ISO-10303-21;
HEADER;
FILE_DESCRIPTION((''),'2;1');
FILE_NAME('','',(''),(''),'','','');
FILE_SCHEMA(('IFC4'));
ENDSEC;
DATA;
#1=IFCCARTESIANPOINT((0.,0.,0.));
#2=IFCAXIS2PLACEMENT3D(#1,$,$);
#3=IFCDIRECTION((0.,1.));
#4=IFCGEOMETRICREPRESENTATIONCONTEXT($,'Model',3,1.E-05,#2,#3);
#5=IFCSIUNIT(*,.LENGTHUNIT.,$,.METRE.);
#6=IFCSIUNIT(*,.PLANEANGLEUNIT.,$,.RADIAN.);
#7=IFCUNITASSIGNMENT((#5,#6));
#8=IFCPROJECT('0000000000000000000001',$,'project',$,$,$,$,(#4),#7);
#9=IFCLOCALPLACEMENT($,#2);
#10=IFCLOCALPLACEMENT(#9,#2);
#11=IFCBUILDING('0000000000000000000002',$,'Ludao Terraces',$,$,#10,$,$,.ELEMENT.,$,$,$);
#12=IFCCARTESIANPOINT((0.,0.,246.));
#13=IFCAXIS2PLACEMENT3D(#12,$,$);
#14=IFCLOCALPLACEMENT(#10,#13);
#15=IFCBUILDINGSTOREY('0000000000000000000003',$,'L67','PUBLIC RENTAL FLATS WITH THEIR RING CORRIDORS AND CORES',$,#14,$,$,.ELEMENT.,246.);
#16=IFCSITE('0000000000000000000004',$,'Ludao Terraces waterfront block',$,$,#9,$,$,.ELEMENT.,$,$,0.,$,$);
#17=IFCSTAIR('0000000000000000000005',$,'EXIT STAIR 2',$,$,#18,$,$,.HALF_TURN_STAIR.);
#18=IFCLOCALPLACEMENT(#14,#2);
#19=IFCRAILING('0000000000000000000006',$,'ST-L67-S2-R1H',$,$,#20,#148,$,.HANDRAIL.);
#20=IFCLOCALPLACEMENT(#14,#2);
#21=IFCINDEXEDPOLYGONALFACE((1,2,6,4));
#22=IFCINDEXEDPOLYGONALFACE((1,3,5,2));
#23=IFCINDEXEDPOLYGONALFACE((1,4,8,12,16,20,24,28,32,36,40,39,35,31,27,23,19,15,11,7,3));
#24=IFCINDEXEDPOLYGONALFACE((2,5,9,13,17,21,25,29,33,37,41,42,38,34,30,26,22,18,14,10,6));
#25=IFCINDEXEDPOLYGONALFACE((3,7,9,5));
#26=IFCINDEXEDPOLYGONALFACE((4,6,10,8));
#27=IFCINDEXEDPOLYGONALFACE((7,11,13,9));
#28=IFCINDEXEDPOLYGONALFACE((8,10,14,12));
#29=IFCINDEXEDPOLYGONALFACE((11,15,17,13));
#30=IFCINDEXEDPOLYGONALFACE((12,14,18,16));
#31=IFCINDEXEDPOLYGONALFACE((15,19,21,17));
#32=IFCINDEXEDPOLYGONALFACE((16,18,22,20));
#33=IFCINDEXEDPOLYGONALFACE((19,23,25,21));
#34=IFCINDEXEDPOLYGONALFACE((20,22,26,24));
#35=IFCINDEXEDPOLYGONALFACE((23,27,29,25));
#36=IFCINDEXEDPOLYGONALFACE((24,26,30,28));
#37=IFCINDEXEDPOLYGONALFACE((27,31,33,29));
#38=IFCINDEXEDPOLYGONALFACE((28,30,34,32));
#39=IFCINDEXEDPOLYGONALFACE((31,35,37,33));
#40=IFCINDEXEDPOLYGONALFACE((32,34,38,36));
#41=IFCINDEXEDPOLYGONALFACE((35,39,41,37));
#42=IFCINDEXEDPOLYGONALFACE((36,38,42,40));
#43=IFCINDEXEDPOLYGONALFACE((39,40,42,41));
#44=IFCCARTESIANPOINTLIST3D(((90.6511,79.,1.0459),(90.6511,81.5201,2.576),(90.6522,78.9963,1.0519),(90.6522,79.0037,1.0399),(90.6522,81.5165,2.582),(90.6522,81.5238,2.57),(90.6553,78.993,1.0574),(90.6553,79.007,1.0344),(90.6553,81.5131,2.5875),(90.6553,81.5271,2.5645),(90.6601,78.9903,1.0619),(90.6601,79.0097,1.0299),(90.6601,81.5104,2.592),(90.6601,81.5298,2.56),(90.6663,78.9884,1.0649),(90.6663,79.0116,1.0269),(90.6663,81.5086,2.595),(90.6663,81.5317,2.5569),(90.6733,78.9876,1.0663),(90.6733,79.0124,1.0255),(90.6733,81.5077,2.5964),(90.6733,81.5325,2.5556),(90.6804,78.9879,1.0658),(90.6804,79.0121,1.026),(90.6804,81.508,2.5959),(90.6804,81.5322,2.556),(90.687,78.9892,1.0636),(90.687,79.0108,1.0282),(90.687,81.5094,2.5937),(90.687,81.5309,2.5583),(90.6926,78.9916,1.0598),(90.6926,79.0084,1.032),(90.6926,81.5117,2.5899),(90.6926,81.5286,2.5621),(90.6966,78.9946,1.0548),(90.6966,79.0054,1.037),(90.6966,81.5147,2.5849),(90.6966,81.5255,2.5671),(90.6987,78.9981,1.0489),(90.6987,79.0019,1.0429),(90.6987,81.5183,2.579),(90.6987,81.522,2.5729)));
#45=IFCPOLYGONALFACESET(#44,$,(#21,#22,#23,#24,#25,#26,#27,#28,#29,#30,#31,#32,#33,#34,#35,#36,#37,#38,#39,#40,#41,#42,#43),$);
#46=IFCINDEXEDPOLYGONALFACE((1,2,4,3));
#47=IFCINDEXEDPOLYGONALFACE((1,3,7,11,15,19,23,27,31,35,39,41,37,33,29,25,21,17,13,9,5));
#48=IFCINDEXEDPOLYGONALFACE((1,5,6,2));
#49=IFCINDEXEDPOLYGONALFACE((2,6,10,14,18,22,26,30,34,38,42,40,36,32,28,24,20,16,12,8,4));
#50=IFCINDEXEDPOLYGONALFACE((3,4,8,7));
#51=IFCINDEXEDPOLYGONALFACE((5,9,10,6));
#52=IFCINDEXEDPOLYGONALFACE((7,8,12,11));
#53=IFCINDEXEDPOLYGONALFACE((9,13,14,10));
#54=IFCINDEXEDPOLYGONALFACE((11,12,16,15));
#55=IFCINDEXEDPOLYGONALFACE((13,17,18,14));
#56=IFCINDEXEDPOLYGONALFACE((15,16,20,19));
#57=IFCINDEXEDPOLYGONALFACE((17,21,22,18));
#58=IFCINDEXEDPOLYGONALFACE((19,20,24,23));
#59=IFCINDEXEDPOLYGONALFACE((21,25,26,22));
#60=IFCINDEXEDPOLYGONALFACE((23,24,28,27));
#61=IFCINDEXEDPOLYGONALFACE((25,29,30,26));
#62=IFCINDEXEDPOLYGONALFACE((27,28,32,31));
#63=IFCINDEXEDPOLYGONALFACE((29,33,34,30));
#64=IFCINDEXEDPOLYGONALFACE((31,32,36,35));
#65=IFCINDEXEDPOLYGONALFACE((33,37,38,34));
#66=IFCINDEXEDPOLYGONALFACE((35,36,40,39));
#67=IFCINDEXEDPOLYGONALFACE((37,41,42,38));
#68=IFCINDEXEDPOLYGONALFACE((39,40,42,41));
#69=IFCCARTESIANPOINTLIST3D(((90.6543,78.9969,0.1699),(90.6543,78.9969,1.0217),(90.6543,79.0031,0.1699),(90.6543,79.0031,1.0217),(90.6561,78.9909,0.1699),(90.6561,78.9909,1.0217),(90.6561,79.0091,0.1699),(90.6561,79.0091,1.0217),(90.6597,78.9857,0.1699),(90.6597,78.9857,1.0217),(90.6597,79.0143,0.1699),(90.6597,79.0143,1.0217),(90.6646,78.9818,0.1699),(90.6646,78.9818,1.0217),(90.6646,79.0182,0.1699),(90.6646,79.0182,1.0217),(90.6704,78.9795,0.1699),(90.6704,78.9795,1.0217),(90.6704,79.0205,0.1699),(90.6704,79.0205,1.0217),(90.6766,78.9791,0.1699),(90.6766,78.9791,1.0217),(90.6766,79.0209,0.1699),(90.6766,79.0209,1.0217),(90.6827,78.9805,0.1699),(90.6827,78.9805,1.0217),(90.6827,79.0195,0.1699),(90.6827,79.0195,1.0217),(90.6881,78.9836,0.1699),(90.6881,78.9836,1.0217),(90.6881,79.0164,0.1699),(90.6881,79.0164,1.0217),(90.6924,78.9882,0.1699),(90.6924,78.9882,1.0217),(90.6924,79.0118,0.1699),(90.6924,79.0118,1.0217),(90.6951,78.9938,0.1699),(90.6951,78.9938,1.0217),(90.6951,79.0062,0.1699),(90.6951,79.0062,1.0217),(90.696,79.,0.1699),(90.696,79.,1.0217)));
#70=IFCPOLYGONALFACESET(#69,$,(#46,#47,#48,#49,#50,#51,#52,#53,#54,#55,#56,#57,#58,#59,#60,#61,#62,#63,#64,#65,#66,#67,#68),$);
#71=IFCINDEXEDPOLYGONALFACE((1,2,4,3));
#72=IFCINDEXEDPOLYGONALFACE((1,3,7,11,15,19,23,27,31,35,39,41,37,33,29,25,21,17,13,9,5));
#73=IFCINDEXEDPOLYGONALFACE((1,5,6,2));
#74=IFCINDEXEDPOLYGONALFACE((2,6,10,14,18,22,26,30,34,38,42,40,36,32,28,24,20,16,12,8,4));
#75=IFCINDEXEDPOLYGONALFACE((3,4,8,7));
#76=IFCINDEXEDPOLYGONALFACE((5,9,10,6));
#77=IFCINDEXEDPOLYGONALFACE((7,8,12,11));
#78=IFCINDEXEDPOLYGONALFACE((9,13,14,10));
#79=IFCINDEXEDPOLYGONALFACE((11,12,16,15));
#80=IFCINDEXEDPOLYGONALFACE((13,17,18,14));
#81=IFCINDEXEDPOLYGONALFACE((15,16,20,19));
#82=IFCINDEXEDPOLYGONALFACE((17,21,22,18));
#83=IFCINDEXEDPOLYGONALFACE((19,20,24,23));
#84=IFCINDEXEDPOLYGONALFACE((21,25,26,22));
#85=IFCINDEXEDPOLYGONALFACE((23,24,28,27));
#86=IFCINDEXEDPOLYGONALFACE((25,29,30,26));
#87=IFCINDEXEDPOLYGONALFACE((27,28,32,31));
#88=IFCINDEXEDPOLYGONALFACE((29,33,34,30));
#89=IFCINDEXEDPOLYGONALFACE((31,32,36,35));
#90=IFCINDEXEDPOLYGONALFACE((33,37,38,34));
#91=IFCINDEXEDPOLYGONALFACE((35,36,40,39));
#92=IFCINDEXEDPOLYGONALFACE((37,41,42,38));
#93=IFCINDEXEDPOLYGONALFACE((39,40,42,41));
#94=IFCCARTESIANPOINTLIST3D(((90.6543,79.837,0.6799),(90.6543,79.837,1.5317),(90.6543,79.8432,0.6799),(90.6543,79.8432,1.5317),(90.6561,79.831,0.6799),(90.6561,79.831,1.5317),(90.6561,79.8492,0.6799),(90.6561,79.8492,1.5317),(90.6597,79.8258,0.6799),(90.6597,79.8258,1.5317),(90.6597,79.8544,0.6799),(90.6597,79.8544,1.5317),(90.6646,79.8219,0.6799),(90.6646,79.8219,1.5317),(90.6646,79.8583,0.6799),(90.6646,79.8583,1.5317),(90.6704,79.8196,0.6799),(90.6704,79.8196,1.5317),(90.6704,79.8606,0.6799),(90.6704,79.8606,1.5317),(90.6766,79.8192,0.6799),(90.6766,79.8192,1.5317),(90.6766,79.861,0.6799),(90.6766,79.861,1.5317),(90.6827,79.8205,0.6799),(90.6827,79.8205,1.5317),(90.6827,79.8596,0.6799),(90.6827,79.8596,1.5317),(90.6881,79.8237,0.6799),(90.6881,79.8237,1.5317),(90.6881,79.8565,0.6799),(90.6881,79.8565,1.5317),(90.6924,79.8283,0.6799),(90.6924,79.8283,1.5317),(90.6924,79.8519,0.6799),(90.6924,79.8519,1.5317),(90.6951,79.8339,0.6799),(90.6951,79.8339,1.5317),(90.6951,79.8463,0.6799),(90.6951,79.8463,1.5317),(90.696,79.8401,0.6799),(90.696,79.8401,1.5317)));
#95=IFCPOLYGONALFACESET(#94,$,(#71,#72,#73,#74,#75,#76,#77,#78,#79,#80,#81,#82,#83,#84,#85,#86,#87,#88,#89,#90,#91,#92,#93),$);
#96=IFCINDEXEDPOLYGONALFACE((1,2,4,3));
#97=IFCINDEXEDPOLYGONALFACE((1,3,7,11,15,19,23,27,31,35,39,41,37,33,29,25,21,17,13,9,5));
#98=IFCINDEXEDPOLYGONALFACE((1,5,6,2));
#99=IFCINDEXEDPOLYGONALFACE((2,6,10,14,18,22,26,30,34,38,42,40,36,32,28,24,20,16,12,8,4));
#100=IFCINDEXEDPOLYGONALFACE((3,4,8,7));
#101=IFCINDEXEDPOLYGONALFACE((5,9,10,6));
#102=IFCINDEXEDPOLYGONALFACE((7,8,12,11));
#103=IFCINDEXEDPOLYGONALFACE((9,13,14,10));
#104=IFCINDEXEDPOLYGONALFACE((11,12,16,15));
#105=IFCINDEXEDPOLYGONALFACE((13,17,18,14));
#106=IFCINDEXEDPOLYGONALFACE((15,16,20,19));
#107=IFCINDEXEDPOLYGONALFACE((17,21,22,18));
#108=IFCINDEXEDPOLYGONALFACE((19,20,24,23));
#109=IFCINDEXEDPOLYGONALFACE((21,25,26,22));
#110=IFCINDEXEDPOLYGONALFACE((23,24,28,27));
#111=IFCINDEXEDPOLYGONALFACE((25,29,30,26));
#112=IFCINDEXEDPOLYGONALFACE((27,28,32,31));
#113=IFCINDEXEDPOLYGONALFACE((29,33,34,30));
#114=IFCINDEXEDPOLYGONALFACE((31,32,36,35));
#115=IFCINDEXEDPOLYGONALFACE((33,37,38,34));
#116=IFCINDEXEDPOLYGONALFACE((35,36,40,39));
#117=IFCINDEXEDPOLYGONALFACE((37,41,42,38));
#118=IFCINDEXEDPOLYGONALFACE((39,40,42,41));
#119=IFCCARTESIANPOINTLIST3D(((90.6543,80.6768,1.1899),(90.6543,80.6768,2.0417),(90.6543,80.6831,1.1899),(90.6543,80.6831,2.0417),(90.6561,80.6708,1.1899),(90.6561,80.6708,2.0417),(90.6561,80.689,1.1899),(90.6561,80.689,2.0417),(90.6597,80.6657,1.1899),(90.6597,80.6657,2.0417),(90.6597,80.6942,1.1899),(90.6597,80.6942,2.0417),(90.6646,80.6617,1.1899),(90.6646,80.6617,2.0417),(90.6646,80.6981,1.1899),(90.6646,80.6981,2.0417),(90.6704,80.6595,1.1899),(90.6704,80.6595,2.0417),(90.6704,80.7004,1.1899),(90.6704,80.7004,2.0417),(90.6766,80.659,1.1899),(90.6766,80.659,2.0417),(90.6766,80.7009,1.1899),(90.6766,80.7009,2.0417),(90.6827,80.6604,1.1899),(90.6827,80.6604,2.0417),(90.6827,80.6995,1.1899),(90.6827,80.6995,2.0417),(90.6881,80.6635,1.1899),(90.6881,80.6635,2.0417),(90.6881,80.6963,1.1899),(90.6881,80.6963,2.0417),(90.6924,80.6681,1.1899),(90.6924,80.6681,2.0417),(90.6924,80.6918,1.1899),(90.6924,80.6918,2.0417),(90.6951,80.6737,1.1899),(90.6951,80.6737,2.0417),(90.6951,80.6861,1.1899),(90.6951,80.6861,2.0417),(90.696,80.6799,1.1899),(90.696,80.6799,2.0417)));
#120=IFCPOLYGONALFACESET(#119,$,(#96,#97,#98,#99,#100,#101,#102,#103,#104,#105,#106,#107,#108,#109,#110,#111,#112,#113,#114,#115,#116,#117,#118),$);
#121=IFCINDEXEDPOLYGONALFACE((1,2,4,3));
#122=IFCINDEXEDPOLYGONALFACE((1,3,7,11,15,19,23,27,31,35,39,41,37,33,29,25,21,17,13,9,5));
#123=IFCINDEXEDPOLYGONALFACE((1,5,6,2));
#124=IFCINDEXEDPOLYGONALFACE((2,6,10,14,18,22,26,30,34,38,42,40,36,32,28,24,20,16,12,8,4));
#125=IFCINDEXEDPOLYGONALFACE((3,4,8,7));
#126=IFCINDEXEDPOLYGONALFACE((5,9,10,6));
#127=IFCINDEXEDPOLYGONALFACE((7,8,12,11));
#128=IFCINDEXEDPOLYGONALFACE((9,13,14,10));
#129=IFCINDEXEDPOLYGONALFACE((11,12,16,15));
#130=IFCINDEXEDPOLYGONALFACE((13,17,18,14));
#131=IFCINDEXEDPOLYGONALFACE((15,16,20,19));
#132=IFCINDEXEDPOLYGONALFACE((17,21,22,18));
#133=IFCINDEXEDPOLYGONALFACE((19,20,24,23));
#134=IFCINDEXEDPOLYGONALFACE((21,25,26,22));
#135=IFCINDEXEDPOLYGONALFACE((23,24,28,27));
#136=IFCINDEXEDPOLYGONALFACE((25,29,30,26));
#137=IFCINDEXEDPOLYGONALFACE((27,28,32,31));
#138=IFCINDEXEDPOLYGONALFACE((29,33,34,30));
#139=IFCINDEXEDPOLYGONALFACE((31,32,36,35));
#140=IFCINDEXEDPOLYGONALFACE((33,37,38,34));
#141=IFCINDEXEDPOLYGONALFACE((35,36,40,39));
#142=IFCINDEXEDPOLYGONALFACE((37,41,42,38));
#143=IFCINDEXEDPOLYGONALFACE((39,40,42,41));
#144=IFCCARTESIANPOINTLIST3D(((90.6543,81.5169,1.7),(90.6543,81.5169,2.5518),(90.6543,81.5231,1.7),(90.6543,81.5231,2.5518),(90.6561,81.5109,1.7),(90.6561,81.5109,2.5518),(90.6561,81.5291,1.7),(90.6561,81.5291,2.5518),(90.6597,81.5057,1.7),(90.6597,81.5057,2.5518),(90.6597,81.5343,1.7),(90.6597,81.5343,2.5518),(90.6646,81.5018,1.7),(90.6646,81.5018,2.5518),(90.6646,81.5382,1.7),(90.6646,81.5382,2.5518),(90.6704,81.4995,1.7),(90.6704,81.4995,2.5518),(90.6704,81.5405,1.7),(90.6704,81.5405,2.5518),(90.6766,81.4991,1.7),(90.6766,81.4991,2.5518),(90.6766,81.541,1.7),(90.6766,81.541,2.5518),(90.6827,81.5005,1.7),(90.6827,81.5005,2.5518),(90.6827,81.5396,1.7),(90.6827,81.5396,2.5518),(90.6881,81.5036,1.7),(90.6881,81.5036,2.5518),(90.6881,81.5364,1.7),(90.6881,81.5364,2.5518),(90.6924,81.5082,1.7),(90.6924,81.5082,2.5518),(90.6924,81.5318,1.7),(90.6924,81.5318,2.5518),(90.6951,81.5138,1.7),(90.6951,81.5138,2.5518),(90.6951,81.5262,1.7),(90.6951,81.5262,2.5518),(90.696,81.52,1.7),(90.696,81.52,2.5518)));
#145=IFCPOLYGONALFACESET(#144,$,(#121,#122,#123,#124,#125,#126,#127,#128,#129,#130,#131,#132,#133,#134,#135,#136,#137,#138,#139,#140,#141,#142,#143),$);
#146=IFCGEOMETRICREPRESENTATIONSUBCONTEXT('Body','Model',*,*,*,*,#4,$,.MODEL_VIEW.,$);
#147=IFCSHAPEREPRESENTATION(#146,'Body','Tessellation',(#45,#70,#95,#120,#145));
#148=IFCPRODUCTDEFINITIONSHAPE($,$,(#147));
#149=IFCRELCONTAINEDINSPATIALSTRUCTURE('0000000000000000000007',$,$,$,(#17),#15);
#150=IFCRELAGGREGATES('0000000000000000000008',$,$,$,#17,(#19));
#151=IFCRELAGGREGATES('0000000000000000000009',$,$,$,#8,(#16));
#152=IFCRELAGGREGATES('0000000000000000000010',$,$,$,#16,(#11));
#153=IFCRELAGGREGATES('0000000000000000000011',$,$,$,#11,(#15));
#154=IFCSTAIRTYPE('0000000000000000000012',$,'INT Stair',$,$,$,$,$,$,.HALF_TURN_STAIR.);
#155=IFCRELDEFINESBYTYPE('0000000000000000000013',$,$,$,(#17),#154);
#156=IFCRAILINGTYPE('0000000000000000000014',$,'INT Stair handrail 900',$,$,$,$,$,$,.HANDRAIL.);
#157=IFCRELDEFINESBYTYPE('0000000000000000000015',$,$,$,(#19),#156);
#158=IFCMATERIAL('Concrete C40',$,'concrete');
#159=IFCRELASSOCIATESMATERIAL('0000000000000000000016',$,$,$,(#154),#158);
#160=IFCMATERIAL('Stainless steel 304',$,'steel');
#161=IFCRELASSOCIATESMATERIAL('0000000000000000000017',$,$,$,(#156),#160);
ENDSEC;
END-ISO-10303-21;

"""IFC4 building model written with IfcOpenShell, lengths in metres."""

from ifc_helpers import new_model, si_unit, direction, frame, origin, origin_2d, place, context, subcontext, project, spatial, circle, extrude, material, type_object, element, aggregate, save


model = new_model("IFC4")

# Units and contexts
model_context = context("Model", 3, precision=1e-05, world=origin(), true_north=direction((0.0, 1.0)))
body_context = subcontext(model_context, "Body", "Model", "MODEL_VIEW")
ifc_project = project(units=[si_unit("LENGTHUNIT", "METRE"), si_unit("PLANEANGLEUNIT", "RADIAN")], contexts=[model_context])

# Site, building, storey
site_placement = place(None, origin())
site = spatial("IfcSite", under=ifc_project, at=site_placement, Name="Ludao Terraces waterfront block", CompositionType="ELEMENT", RefElevation=0.0)
building_placement = place(site_placement, origin())
building = spatial("IfcBuilding", under=site, at=building_placement, Name="Ludao Terraces", CompositionType="ELEMENT")
storey_placement = place(building_placement, frame((0.0, 0.0, 246.0)))
storey = spatial("IfcBuildingStorey", under=building, at=storey_placement, Name="L67", Description="PUBLIC RENTAL FLATS WITH THEIR RING CORRIDORS AND CORES", CompositionType="ELEMENT", Elevation=246.0)

# Shared definitions
ifc_material_1 = material(Name="Stainless steel 304", Category="steel")

# Stair, railing
ifc_material_2 = material(Name="Concrete C40", Category="concrete")
stair_type = type_object("IfcStairType", Name="INT Stair", PredefinedType="HALF_TURN_STAIR", material=ifc_material_2)
stair_placement = place(storey_placement, origin())
stair = element("IfcStair", 1, at=stair_placement, inside=storey, type_object=stair_type, Name="EXIT STAIR 2", PredefinedType="HALF_TURN_STAIR")
railing_type_1 = type_object("IfcRailingType", Name="INT Stair handrail 900", PredefinedType="HANDRAIL", material=ifc_material_1)
railing_1_placement = place(storey_placement, frame((90.675, 79.0, 0.1699)))
railing_1 = element("IfcRailing", 2, at=railing_1_placement, type_object=railing_type_1, Name="ST-L67-S2-R1H", PredefinedType="HANDRAIL", context=body_context, shape_type="SweptSolid", body=[
    extrude(circle(Radius=0.0239, at=origin_2d()), frame((0.0, 0.0, 0.876), z_axis=(0.0, 0.854785, 0.518982), x_axis=(-1.0, 0.0, 0.0)), (0.0, 0.0, 1.0), 2.9482),
    extrude(circle(Radius=0.021, at=origin_2d()), origin(), (0.0, 0.0, 1.0), 0.8518),
    extrude(circle(Radius=0.021, at=origin_2d()), frame((0.0, 0.8401, 0.51)), (0.0, 0.0, 1.0), 0.8518),
    extrude(circle(Radius=0.021, at=origin_2d()), frame((0.0, 1.6799, 1.02)), (0.0, 0.0, 1.0), 0.8518),
    extrude(circle(Radius=0.021, at=origin_2d()), frame((0.0, 2.52, 1.53)), (0.0, 0.0, 1.0), 0.8518),
])
aggregate(stair, [railing_1])

save(model, "model.ifc")
